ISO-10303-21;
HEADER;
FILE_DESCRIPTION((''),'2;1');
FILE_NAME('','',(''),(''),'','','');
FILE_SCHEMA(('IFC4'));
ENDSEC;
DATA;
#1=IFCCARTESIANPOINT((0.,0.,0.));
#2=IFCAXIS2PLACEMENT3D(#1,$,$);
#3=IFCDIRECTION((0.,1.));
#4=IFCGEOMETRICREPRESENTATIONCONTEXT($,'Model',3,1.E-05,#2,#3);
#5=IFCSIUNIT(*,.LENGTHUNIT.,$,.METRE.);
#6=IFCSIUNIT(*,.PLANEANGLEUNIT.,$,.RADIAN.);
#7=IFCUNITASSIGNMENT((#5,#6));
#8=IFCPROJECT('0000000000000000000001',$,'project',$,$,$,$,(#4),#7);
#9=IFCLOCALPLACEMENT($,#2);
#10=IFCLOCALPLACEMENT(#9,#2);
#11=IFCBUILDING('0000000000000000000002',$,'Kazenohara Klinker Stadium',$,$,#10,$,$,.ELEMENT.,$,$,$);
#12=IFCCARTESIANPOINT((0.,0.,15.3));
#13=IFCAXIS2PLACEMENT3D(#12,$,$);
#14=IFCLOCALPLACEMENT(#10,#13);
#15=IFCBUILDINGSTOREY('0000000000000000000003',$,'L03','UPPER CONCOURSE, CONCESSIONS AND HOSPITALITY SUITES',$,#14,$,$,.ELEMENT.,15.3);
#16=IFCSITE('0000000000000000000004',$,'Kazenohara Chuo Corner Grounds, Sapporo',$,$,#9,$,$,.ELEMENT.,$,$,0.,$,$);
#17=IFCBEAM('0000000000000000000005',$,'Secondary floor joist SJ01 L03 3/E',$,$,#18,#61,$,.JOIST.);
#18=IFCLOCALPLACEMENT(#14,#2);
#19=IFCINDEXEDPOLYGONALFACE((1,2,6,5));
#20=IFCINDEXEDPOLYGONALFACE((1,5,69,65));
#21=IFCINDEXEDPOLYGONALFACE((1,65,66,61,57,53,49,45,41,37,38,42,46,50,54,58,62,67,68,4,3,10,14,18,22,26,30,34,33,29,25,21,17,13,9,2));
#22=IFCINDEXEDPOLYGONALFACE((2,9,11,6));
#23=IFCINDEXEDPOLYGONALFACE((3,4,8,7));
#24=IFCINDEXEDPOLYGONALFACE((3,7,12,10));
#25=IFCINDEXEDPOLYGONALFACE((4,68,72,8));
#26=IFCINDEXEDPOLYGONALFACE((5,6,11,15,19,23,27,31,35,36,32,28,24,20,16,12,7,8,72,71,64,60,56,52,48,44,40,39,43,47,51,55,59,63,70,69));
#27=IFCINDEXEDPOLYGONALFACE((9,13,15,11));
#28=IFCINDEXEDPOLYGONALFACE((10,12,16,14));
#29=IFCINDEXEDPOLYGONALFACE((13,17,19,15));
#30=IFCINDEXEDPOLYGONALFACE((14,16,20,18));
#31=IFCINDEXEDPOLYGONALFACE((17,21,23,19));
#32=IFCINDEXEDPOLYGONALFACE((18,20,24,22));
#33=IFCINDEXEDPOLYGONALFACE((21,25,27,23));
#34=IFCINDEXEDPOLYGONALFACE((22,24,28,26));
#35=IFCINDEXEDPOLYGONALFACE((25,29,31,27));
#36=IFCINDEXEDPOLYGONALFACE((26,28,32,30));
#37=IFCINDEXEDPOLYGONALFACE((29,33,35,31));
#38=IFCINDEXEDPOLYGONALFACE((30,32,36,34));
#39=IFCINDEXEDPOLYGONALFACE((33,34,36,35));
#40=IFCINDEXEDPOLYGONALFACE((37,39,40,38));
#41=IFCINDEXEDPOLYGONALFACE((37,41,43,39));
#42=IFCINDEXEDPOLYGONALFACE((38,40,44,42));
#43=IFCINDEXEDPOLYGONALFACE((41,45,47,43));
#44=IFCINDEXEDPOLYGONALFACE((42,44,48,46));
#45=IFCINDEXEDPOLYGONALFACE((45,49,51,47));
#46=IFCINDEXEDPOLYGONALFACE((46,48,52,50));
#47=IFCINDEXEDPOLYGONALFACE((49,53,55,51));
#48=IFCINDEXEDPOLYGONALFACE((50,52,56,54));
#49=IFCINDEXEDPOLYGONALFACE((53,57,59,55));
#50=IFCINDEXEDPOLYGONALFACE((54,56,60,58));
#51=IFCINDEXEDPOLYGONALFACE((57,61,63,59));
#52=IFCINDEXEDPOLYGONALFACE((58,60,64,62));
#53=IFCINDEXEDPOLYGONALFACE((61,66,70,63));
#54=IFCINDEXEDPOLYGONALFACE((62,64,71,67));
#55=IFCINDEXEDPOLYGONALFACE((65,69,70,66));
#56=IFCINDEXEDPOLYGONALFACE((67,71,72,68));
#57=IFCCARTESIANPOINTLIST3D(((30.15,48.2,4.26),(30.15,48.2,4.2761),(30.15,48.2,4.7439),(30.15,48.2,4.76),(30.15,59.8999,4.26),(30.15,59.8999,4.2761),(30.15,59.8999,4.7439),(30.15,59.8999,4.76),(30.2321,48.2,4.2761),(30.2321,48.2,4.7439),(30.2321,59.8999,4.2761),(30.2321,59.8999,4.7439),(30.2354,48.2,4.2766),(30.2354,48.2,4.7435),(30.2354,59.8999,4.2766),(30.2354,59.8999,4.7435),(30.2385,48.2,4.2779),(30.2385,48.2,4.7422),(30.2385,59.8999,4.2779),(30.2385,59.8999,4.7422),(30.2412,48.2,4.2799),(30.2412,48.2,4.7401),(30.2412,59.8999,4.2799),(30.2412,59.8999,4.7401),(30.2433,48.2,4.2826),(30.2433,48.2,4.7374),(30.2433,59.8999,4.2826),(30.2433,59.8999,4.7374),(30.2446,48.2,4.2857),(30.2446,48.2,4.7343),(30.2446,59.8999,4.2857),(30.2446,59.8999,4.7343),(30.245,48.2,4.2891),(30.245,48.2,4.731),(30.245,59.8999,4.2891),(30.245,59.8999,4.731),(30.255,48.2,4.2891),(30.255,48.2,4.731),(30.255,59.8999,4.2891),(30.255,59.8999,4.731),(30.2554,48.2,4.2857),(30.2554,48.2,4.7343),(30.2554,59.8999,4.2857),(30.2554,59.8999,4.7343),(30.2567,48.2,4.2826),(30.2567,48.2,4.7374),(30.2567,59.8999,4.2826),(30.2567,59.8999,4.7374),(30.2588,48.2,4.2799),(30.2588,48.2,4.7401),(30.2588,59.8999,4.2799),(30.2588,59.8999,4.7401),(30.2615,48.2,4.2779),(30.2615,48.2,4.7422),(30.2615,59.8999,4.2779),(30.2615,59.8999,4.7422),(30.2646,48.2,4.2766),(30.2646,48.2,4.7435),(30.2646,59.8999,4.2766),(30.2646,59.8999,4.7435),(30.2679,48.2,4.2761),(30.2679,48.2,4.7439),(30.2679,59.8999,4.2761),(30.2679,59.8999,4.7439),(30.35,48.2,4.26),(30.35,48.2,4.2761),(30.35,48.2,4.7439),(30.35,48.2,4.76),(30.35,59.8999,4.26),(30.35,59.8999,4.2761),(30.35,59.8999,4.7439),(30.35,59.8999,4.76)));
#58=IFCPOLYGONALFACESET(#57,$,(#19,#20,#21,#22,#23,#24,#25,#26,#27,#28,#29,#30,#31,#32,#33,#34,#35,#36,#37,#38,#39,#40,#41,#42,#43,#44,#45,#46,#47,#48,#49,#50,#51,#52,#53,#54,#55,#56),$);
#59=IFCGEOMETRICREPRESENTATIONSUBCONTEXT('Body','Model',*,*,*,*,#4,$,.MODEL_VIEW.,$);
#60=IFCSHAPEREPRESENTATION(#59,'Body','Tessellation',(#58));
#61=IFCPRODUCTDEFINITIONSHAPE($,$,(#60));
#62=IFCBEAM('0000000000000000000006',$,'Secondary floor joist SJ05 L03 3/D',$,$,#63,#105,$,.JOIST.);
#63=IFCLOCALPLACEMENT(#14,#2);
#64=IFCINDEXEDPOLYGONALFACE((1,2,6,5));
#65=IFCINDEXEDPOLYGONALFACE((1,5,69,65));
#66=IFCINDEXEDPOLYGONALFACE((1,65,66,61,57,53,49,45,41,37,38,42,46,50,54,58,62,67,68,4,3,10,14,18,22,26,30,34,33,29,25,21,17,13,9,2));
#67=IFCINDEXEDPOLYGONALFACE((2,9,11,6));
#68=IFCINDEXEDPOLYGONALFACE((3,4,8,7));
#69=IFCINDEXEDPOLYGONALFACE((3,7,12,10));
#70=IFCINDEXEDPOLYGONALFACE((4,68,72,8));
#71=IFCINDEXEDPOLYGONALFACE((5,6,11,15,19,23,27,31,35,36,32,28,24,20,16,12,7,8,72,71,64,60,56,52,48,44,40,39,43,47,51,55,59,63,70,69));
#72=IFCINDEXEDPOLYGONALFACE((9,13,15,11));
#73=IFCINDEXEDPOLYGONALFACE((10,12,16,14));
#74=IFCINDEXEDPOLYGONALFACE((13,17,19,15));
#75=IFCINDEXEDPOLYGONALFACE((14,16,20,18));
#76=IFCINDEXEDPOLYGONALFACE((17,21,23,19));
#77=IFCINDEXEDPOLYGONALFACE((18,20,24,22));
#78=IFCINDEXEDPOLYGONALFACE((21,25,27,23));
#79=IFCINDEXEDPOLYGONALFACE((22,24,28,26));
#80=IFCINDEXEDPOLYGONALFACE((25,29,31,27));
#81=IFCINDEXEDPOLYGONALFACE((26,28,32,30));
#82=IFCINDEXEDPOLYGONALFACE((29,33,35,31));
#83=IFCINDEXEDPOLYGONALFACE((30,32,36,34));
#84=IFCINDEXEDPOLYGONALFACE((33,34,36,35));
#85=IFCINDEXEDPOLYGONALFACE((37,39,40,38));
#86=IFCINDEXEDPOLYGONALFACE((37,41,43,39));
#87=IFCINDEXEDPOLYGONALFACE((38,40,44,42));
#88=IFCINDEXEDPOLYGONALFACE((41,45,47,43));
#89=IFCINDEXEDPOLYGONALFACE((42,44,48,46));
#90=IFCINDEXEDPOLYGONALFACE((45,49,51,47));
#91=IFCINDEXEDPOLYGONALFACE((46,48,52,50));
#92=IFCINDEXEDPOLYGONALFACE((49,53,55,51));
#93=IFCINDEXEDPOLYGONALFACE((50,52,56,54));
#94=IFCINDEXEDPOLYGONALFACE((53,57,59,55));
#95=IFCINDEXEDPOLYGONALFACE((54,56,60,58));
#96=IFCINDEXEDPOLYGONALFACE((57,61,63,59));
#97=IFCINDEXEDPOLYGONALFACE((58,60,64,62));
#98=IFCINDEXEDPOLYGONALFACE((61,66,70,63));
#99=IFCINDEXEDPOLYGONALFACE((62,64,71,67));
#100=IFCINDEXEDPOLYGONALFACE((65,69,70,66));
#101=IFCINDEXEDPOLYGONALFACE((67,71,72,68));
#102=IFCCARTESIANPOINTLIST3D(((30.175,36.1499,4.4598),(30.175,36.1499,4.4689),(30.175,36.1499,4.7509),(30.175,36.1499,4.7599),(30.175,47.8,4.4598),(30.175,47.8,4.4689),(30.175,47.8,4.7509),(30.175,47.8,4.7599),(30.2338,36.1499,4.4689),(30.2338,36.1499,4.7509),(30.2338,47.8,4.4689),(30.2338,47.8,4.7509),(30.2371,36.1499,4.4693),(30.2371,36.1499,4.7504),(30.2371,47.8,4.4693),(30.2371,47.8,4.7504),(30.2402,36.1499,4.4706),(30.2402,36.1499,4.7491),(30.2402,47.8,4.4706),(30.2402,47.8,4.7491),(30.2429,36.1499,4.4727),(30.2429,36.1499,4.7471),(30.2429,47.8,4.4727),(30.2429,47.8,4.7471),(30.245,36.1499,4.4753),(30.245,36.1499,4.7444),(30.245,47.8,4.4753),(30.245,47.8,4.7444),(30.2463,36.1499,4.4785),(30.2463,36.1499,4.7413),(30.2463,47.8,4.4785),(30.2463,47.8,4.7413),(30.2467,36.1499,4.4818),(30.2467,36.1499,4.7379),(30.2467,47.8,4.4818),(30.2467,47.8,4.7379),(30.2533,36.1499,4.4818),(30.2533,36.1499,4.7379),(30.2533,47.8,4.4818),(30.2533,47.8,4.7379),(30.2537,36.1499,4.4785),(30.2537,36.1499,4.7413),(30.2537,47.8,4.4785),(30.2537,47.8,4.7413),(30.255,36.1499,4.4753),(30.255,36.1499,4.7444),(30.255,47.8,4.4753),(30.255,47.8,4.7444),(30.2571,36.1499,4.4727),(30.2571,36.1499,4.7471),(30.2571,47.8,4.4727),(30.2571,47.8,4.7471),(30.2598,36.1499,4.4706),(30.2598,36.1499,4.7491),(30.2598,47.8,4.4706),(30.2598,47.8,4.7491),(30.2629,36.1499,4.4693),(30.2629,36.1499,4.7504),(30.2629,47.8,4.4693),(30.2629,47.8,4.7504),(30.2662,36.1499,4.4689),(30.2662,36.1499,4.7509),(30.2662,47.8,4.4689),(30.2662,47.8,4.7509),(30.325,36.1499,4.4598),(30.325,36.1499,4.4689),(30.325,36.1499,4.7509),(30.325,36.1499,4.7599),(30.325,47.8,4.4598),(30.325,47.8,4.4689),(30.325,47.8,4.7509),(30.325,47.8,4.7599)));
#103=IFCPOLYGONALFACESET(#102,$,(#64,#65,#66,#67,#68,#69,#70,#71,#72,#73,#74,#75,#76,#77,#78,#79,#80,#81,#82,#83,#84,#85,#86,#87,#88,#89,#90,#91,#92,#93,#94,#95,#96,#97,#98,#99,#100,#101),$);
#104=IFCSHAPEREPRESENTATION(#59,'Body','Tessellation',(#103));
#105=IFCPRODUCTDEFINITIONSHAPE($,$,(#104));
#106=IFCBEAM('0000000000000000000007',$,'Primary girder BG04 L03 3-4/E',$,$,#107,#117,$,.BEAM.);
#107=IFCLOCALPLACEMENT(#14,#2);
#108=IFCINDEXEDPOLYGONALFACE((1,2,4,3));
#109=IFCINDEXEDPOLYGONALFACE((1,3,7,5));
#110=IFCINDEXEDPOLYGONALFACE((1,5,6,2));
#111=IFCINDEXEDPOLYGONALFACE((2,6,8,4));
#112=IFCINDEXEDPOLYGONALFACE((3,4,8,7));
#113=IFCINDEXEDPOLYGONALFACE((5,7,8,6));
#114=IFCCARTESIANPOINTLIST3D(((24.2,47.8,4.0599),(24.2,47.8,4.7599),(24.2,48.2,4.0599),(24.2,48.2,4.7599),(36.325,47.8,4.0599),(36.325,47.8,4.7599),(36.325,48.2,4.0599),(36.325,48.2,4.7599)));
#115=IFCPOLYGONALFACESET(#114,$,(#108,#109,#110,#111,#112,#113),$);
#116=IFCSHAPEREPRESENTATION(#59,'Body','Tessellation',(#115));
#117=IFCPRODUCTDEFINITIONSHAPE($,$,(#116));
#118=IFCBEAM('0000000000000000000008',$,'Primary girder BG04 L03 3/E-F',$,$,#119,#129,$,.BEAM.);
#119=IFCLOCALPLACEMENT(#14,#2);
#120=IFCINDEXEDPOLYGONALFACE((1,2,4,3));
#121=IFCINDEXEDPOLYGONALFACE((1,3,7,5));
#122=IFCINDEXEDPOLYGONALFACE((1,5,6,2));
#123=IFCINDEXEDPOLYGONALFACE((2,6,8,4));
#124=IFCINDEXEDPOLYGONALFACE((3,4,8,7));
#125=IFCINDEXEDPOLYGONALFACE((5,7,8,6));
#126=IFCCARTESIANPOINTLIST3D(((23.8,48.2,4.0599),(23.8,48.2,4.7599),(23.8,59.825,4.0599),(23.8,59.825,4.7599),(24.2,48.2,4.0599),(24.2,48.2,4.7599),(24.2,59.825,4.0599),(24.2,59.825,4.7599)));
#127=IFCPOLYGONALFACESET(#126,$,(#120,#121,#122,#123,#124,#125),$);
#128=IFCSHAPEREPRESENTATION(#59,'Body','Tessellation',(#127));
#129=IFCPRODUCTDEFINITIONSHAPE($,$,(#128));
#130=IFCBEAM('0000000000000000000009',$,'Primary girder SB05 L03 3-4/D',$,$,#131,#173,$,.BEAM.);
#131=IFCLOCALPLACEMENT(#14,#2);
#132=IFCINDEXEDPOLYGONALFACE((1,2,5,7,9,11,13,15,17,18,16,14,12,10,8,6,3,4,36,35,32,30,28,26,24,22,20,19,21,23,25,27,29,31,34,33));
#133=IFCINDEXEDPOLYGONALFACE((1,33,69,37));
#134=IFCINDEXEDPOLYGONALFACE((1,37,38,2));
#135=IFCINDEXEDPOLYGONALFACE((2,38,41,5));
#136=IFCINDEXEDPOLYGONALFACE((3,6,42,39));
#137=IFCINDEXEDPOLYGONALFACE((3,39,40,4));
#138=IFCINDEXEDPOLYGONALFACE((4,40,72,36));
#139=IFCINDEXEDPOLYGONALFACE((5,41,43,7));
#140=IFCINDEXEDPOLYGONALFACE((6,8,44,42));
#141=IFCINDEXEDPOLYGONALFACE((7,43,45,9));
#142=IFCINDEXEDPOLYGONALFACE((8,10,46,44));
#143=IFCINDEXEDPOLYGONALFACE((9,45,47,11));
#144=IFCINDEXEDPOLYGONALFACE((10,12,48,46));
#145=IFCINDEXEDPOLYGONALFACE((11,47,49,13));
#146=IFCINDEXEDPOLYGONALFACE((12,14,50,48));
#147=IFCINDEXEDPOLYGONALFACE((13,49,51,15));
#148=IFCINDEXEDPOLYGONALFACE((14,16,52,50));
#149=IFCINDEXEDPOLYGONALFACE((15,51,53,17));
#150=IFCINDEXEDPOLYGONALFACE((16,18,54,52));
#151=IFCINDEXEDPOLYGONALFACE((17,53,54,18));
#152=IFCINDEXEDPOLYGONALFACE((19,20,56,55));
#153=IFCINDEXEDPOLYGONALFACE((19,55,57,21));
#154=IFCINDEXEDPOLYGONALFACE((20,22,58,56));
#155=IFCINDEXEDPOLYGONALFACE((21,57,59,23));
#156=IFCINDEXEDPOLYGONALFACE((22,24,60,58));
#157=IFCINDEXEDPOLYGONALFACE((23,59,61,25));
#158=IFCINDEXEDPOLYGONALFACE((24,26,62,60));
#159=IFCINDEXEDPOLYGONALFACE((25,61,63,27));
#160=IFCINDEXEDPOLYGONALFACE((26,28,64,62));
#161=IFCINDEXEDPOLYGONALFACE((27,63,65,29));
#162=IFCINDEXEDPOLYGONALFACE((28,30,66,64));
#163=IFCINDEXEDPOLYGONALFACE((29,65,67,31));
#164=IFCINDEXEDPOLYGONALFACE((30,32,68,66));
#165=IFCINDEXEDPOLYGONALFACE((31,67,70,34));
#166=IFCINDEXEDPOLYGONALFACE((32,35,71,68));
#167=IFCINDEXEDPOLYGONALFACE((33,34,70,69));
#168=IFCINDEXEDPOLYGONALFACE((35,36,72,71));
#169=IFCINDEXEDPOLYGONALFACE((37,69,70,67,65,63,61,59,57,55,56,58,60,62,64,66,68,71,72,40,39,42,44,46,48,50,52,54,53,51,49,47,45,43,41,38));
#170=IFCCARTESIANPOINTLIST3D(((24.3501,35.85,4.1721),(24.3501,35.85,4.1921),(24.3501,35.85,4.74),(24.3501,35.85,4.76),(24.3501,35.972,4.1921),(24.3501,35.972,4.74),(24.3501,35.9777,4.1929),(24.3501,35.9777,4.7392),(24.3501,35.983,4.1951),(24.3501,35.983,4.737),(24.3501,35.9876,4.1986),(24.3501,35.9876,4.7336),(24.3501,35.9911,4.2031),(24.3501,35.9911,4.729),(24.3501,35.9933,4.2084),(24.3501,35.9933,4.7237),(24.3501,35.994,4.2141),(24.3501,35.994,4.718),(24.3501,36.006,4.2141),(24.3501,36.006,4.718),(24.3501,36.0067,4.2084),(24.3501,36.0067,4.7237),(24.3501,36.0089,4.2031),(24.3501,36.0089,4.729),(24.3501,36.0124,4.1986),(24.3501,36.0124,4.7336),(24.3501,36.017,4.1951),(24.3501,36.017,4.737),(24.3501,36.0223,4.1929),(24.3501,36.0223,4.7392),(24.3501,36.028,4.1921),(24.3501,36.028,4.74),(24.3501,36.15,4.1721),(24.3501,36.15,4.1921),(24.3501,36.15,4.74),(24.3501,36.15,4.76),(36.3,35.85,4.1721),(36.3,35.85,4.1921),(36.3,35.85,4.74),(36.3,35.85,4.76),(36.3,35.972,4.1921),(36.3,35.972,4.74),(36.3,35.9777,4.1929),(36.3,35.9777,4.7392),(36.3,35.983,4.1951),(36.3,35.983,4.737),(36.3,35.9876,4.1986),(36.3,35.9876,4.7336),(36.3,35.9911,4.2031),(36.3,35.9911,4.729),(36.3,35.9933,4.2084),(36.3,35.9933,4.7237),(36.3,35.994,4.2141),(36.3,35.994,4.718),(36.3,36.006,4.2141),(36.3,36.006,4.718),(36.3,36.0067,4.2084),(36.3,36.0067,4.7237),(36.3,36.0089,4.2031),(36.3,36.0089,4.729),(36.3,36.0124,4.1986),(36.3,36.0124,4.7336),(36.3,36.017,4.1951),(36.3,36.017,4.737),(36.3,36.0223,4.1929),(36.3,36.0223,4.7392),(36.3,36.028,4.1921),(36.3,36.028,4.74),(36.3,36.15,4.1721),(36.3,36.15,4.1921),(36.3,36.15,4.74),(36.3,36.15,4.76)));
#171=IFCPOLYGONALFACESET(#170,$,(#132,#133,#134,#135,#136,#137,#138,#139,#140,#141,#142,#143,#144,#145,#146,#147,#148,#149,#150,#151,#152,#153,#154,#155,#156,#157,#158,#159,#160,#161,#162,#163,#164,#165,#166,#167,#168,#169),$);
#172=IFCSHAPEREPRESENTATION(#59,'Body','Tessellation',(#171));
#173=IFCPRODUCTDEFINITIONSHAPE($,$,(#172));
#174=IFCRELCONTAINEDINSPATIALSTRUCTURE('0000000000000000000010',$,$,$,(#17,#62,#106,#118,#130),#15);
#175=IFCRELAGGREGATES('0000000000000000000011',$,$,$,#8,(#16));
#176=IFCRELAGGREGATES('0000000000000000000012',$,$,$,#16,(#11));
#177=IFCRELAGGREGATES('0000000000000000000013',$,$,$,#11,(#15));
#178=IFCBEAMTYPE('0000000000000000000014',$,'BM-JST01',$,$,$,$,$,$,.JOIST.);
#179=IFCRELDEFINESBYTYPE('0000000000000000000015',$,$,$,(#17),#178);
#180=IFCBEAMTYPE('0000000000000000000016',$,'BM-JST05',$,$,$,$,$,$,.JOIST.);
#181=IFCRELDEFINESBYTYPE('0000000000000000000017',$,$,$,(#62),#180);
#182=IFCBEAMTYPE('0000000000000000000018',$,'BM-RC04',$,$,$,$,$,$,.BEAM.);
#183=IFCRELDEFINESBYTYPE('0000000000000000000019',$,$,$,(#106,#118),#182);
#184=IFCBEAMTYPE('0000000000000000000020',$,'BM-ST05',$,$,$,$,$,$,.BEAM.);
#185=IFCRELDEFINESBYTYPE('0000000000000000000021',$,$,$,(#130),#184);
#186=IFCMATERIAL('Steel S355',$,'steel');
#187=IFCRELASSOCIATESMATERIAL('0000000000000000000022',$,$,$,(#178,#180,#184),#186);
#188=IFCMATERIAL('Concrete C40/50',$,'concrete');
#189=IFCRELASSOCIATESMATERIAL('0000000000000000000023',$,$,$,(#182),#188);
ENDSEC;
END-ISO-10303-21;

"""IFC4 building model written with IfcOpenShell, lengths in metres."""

from ifc_helpers import new_model, si_unit, direction, frame, origin, origin_2d, place, context, subcontext, project, spatial, rectangle, i_section, extrude, material, material_profile, profile_set, type_object, element, save


model = new_model("IFC4")

# Units and contexts
model_context = context("Model", 3, precision=1e-05, world=origin(), true_north=direction((0.0, 1.0)))
body_context = subcontext(model_context, "Body", "Model", "MODEL_VIEW")
ifc_project = project(units=[si_unit("LENGTHUNIT", "METRE"), si_unit("PLANEANGLEUNIT", "RADIAN")], contexts=[model_context])

# Site, building, storey
site_placement = place(None, origin())
site = spatial("IfcSite", under=ifc_project, at=site_placement, Name="Kazenohara Chuo Corner Grounds, Sapporo", CompositionType="ELEMENT", RefElevation=0.0)
building_placement = place(site_placement, origin())
building = spatial("IfcBuilding", under=site, at=building_placement, Name="Kazenohara Klinker Stadium", CompositionType="ELEMENT")
storey_placement = place(building_placement, frame((0.0, 0.0, 15.3)))
storey = spatial("IfcBuildingStorey", under=building, at=storey_placement, Name="L03", Description="UPPER CONCOURSE, CONCESSIONS AND HOSPITALITY SUITES", CompositionType="ELEMENT", Elevation=15.3)

# Shared definitions
ifc_material_1 = material(Name="Concrete C40/50", Category="concrete")
ifc_material_2 = material(Name="Steel S355", Category="steel")

# Beams
ifc_material_profile_1 = material_profile(ifc_material_2, i_section(OverallWidth=0.2, OverallDepth=0.5, WebThickness=0.01, FlangeThickness=0.0161, FilletRadius=0.0129, at=origin_2d()), Name="H-500x200x10x16")
ifc_profile_set_1 = profile_set([ifc_material_profile_1], Name="Steel S355")
beam_type_1 = type_object("IfcBeamType", Name="BM-JST01", PredefinedType="JOIST", material=ifc_profile_set_1)
beam_1_placement = place(storey_placement, frame((30.25, 48.2, 4.51), z_axis=(0.0, 1.0, 0.0), x_axis=(-1.0, 0.0, 0.0)))
element("IfcBeam", 1, at=beam_1_placement, inside=storey, type_object=beam_type_1, Name="Secondary floor joist SJ01 L03 3/E", PredefinedType="JOIST", context=body_context, shape_type="SweptSolid", body=[
    extrude(i_section(OverallWidth=0.2, OverallDepth=0.5, WebThickness=0.01, FlangeThickness=0.0161, FilletRadius=0.0129, at=origin_2d()), origin(), (0.0, 0.0, 1.0), 11.7),
])
ifc_material_profile_2 = material_profile(ifc_material_2, i_section(OverallWidth=0.1499, OverallDepth=0.3, WebThickness=0.0066, FlangeThickness=0.009, FilletRadius=0.0129, at=origin_2d()), Name="H-300x150x6.5x9")
ifc_profile_set_2 = profile_set([ifc_material_profile_2], Name="Steel S355")
beam_type_2 = type_object("IfcBeamType", Name="BM-JST05", PredefinedType="JOIST", material=ifc_profile_set_2)
beam_2_placement = place(storey_placement, frame((30.25, 36.1499, 4.6099), z_axis=(0.0, 1.0, 0.0), x_axis=(-1.0, 0.0, 0.0)))
element("IfcBeam", 2, at=beam_2_placement, inside=storey, type_object=beam_type_2, Name="Secondary floor joist SJ05 L03 3/D", PredefinedType="JOIST", context=body_context, shape_type="SweptSolid", body=[
    extrude(i_section(OverallWidth=0.1499, OverallDepth=0.3, WebThickness=0.0066, FlangeThickness=0.009, FilletRadius=0.0129, at=origin_2d()), origin(), (0.0, 0.0, 1.0), 11.6501),
])
ifc_material_profile_3 = material_profile(ifc_material_1, rectangle(XDim=0.3999, YDim=0.7, at=origin_2d()), Name="RC-BM-400x700")
ifc_profile_set_3 = profile_set([ifc_material_profile_3], Name="Concrete C40/50")
beam_type_3 = type_object("IfcBeamType", Name="BM-RC04", PredefinedType="BEAM", material=ifc_profile_set_3)
beam_3_placement = place(storey_placement, frame((24.2, 48.0, 4.4099), z_axis=(1.0, 0.0, 0.0), x_axis=(0.0, 1.0, 0.0)))
element("IfcBeam", 3, at=beam_3_placement, inside=storey, type_object=beam_type_3, Name="Primary girder BG04 L03 3-4/E", PredefinedType="BEAM", context=body_context, shape_type="SweptSolid", body=[
    extrude(rectangle(XDim=0.3999, YDim=0.7, at=origin_2d()), origin(), (0.0, 0.0, 1.0), 12.125),
])
beam_4_placement = place(storey_placement, frame((24.0, 48.2, 4.4099), z_axis=(0.0, 1.0, 0.0), x_axis=(-1.0, 0.0, 0.0)))
element("IfcBeam", 4, at=beam_4_placement, inside=storey, type_object=beam_type_3, Name="Primary girder BG04 L03 3/E-F", PredefinedType="BEAM", context=body_context, shape_type="SweptSolid", body=[
    extrude(rectangle(XDim=0.3999, YDim=0.7, at=origin_2d()), origin(), (0.0, 0.0, 1.0), 11.625),
])
ifc_material_profile_4 = material_profile(ifc_material_2, i_section(OverallWidth=0.3, OverallDepth=0.5879, WebThickness=0.012, FlangeThickness=0.02, FilletRadius=0.022, at=origin_2d()), Name="H-588x300x12x20")
ifc_profile_set_4 = profile_set([ifc_material_profile_4], Name="Steel S355")
beam_type_4 = type_object("IfcBeamType", Name="BM-ST05", PredefinedType="BEAM", material=ifc_profile_set_4)
beam_5_placement = place(storey_placement, frame((24.3501, 36.0, 4.4661), z_axis=(1.0, 0.0, 0.0), x_axis=(0.0, 1.0, 0.0)))
element("IfcBeam", 5, at=beam_5_placement, inside=storey, type_object=beam_type_4, Name="Primary girder SB05 L03 3-4/D", PredefinedType="BEAM", context=body_context, shape_type="SweptSolid", body=[
    extrude(i_section(OverallWidth=0.3, OverallDepth=0.5879, WebThickness=0.012, FlangeThickness=0.02, FilletRadius=0.022, at=origin_2d()), origin(), (0.0, 0.0, 1.0), 11.95),
])

save(model, "model.ifc")
